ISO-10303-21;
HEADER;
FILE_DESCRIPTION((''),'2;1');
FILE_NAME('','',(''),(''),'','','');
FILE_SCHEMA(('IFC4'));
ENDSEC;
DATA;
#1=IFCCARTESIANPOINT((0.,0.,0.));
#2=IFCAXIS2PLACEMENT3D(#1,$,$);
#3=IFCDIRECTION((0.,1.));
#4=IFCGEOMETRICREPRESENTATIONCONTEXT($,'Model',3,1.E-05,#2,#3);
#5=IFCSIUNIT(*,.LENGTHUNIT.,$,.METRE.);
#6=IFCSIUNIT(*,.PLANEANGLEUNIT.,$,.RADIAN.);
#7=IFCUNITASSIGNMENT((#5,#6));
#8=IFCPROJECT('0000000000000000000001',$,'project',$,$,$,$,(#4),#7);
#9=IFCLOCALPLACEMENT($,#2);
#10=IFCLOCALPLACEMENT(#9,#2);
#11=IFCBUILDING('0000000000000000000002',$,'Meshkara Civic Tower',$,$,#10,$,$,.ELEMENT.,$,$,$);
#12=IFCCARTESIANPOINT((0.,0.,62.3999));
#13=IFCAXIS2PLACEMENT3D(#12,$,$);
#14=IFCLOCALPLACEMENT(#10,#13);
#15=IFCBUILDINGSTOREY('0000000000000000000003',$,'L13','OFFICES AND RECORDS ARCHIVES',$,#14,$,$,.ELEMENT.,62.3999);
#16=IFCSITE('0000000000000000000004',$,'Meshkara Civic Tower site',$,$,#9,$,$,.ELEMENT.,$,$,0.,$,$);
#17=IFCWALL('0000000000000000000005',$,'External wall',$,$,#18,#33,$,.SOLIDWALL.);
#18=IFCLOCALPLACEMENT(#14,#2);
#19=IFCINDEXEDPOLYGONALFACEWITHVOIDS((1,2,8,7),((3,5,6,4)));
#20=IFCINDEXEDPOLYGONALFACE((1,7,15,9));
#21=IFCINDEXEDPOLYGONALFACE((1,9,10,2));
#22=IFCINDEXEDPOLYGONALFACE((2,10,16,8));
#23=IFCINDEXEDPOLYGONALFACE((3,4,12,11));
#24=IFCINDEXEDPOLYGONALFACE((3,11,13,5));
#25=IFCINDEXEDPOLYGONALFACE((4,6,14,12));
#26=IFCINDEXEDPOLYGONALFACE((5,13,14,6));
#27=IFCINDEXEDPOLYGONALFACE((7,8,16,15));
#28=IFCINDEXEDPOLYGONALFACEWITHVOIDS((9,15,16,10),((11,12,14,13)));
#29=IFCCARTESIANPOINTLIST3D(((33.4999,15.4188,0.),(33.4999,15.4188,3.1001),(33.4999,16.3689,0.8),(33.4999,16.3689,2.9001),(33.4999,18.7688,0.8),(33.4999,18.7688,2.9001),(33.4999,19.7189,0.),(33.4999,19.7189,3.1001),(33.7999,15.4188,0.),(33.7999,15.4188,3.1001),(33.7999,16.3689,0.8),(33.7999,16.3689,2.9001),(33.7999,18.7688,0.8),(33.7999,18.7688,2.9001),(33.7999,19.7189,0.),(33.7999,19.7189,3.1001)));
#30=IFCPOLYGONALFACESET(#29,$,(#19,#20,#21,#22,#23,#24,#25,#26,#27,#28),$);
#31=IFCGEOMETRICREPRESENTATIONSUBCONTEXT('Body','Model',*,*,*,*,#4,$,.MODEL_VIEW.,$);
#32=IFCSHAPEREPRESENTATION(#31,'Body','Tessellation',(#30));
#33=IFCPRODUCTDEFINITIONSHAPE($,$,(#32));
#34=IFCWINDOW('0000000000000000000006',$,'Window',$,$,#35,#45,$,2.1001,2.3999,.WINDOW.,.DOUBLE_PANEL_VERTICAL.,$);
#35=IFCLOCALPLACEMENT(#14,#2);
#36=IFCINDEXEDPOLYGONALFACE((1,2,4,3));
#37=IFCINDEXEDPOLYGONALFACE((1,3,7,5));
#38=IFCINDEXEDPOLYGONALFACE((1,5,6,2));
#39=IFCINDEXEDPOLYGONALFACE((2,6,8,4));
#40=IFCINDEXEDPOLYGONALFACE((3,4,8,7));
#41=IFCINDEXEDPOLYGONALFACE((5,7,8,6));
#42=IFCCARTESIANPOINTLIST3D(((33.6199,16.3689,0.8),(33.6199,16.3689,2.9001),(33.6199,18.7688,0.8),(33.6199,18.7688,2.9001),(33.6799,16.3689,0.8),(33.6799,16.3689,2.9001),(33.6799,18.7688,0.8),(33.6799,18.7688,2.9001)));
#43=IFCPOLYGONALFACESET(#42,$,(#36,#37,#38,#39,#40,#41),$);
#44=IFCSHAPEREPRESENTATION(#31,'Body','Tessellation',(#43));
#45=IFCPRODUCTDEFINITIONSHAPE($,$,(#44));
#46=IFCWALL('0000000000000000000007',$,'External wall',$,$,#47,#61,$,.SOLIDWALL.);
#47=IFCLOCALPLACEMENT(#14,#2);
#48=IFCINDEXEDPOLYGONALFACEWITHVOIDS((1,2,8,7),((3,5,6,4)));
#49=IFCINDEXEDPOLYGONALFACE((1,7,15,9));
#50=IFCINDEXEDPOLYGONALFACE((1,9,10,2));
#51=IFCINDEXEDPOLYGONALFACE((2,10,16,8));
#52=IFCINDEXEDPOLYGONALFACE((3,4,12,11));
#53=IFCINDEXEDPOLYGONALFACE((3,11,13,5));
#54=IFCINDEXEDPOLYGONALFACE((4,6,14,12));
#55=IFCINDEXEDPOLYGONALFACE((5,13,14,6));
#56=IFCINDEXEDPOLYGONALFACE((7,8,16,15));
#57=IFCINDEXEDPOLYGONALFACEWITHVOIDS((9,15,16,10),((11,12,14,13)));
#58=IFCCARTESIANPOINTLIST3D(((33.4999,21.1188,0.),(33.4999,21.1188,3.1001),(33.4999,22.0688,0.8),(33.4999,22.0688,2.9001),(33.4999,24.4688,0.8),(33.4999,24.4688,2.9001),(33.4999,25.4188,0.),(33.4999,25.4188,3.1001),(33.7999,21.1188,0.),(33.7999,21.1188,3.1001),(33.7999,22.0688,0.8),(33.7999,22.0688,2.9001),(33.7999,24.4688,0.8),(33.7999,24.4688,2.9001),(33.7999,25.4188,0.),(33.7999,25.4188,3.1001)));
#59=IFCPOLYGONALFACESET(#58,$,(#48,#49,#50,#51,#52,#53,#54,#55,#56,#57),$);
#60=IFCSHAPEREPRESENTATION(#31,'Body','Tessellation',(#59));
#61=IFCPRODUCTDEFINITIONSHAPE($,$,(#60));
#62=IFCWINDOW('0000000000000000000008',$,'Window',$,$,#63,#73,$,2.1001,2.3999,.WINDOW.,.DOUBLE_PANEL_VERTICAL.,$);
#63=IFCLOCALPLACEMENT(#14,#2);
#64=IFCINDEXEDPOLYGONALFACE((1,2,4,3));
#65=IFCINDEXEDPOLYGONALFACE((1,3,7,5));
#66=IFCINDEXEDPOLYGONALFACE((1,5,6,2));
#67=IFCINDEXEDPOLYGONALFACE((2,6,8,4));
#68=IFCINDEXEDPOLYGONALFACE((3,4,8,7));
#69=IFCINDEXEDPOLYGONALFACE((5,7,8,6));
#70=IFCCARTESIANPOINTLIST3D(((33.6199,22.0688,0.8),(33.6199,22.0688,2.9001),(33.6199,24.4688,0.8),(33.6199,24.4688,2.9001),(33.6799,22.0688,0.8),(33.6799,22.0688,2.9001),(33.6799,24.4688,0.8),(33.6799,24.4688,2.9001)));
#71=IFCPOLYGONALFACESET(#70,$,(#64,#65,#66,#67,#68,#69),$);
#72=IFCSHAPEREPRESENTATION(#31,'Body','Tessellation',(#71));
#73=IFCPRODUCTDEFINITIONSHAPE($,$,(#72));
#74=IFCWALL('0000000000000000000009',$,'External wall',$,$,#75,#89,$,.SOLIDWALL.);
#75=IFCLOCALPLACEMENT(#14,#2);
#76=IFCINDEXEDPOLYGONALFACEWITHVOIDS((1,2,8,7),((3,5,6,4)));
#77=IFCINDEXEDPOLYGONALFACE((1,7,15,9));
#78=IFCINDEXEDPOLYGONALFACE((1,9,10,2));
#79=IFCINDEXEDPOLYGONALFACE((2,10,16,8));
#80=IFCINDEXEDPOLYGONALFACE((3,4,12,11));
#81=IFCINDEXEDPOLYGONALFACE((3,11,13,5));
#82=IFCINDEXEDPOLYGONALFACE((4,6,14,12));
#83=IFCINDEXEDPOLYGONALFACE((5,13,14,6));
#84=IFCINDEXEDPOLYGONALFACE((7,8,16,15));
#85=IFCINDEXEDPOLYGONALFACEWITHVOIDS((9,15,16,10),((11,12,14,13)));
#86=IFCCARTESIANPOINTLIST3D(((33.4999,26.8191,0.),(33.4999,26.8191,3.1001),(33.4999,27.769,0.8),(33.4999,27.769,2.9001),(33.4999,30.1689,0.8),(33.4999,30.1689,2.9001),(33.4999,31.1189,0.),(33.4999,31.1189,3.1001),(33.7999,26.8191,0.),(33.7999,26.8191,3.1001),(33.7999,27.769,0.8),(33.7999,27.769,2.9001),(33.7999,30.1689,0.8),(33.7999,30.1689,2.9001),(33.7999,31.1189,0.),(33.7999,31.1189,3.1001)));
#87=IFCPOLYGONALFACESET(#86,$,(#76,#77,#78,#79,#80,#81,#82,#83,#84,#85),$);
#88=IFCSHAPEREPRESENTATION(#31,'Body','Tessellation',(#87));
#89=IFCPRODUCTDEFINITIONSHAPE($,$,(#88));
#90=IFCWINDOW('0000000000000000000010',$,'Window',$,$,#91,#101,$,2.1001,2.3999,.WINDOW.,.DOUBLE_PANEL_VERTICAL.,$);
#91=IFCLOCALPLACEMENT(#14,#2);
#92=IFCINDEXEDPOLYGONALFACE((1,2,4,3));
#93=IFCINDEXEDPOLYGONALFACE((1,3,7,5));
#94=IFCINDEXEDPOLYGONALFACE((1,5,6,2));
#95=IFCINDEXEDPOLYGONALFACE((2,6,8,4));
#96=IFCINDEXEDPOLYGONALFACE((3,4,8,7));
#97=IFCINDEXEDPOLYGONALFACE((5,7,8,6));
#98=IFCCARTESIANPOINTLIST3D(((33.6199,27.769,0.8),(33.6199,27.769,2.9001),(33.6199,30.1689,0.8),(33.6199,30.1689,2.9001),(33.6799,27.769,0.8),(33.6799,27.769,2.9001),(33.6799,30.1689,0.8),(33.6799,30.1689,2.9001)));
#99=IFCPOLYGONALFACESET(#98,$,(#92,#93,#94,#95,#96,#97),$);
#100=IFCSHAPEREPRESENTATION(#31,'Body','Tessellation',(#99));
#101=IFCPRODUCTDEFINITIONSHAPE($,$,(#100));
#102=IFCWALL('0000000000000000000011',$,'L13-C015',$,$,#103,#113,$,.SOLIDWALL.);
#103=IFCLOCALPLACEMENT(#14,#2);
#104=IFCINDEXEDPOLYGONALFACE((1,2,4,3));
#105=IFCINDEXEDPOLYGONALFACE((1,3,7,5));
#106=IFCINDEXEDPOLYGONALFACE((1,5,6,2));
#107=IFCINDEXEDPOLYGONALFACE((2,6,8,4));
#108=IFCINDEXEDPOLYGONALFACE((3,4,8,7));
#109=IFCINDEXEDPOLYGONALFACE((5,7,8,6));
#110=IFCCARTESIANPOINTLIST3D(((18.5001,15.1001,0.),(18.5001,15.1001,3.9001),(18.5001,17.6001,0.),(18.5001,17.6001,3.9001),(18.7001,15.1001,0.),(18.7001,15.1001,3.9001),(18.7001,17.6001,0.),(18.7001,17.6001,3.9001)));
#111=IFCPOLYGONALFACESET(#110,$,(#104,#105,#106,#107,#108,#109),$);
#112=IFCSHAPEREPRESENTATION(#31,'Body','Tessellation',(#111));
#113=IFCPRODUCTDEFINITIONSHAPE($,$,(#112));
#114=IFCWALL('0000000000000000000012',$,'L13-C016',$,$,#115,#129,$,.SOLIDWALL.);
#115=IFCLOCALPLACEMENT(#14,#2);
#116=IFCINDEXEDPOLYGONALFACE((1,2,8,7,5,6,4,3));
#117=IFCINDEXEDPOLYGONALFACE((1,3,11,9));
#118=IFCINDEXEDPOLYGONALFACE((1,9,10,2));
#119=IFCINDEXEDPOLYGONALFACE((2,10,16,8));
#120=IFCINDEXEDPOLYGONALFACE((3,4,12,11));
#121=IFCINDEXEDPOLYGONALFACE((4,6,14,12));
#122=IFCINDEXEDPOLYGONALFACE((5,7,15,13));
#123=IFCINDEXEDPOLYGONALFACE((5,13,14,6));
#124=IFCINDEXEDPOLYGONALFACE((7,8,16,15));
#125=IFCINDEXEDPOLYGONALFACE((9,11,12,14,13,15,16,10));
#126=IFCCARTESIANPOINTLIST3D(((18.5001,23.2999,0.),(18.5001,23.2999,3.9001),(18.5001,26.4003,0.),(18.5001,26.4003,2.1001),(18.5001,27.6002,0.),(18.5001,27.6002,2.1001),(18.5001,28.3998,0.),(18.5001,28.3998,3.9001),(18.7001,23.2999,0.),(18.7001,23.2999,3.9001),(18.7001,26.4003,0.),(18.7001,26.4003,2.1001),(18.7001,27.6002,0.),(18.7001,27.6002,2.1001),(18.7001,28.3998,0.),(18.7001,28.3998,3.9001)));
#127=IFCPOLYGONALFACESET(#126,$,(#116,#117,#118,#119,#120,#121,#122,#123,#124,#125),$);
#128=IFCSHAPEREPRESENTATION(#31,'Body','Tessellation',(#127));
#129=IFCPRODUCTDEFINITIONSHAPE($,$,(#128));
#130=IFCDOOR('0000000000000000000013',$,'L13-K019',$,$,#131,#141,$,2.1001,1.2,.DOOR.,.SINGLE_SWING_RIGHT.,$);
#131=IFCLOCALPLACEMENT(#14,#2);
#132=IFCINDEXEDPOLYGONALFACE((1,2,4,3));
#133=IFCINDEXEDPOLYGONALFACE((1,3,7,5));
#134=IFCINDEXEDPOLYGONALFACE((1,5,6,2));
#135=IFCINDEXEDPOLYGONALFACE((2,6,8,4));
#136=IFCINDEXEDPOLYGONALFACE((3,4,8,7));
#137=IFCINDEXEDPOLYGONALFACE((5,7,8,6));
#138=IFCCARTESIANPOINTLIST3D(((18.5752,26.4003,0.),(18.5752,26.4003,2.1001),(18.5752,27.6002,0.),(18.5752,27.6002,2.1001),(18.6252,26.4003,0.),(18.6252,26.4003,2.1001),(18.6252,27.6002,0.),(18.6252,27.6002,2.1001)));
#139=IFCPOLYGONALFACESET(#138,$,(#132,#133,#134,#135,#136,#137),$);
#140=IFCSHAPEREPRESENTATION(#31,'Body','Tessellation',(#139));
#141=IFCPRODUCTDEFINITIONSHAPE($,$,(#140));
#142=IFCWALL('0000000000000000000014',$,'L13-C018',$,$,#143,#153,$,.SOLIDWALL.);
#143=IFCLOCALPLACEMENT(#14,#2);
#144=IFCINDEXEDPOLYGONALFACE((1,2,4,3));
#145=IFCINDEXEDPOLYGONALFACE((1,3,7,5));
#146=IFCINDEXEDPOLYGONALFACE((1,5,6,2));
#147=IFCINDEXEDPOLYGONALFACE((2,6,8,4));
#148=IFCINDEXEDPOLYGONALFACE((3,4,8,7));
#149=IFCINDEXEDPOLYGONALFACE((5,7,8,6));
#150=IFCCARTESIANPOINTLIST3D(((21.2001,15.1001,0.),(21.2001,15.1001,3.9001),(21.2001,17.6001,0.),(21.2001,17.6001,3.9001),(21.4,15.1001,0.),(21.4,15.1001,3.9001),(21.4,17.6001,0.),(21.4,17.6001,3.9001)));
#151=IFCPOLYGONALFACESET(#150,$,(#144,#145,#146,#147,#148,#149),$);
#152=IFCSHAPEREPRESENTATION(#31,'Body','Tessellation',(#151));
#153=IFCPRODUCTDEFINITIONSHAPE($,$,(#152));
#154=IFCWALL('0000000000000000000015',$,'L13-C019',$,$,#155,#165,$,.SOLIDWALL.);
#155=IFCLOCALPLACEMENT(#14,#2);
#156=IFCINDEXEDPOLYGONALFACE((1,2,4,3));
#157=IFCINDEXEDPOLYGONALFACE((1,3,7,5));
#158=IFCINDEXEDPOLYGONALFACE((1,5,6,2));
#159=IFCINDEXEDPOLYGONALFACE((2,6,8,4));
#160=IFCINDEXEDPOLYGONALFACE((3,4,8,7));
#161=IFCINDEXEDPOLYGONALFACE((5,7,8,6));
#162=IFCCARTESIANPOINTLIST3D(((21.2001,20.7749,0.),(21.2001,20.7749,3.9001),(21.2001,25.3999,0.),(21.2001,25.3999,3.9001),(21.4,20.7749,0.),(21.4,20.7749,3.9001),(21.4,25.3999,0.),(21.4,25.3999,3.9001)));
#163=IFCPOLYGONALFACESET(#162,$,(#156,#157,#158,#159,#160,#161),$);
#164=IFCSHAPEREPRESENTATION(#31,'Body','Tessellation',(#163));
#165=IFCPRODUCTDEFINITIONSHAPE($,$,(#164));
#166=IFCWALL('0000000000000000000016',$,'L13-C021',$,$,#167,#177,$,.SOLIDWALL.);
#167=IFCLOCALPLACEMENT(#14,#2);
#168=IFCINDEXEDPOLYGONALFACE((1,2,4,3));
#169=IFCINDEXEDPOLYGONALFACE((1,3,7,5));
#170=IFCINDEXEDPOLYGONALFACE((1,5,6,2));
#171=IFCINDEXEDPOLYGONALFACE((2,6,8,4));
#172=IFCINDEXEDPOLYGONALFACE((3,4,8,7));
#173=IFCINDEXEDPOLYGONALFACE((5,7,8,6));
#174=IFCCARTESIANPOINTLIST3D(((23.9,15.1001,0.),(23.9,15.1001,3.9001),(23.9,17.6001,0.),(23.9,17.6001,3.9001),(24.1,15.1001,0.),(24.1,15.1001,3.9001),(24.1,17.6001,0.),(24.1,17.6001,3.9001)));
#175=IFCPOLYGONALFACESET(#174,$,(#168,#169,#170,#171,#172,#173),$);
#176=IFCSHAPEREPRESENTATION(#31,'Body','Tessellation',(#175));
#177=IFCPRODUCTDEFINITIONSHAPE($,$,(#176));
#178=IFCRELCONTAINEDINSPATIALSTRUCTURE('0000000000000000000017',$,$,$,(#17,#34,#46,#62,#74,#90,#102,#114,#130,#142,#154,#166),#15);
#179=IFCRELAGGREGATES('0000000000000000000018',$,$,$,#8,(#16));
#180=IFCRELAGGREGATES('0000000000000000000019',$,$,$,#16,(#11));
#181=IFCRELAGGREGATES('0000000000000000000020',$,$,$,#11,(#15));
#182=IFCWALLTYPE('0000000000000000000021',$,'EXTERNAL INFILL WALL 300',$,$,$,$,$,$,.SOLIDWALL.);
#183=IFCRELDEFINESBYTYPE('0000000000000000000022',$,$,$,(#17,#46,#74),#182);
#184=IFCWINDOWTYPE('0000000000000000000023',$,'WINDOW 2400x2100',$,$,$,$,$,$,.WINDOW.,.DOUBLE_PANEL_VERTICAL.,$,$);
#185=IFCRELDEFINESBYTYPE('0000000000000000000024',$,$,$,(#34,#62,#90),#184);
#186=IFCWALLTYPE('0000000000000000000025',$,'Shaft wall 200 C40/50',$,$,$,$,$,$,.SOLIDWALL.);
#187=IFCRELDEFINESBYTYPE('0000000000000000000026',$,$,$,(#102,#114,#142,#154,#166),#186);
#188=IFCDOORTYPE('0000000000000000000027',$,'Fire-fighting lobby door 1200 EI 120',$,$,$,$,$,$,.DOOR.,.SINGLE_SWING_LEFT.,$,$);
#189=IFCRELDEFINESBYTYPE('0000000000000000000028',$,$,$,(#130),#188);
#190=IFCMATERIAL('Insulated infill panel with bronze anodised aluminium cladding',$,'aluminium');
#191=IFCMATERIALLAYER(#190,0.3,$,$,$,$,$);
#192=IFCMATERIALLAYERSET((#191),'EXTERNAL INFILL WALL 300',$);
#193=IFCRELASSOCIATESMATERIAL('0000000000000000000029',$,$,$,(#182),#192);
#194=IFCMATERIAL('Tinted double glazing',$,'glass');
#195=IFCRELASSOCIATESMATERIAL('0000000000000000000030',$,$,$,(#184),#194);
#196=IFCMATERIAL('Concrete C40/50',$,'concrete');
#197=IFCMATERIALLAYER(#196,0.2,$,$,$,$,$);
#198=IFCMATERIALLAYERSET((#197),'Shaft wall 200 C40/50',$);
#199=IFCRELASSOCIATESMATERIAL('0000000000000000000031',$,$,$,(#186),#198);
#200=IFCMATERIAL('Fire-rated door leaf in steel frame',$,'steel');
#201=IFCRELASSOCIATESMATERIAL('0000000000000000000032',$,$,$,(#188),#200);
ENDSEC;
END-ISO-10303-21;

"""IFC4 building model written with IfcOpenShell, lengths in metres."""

from ifc_helpers import new_model, si_unit, direction, frame, frame_2d, origin, place, context, subcontext, project, spatial, rectangle, extrude, material, layer, layer_set, type_object, element, fill, save


model = new_model("IFC4")

# Units and contexts
model_context = context("Model", 3, precision=1e-05, world=origin(), true_north=direction((0.0, 1.0)))
body_context = subcontext(model_context, "Body", "Model", "MODEL_VIEW")
ifc_project = project(units=[si_unit("LENGTHUNIT", "METRE"), si_unit("PLANEANGLEUNIT", "RADIAN")], contexts=[model_context])

# Site, building, storey
site_placement = place(None, origin())
site = spatial("IfcSite", under=ifc_project, at=site_placement, Name="Meshkara Civic Tower site", CompositionType="ELEMENT", RefElevation=0.0)
building_placement = place(site_placement, origin())
building = spatial("IfcBuilding", under=site, at=building_placement, Name="Meshkara Civic Tower", CompositionType="ELEMENT")
storey_placement = place(building_placement, frame((0.0, 0.0, 62.3999)))
storey = spatial("IfcBuildingStorey", under=building, at=storey_placement, Name="L13", Description="OFFICES AND RECORDS ARCHIVES", CompositionType="ELEMENT", Elevation=62.3999)

# Walls, openings, windows
ifc_material_1 = material(Name="Insulated infill panel with bronze anodised aluminium cladding", Category="aluminium")
ifc_layer_1 = layer(ifc_material_1, 0.3)
ifc_layer_set_1 = layer_set([ifc_layer_1], Name="EXTERNAL INFILL WALL 300")
wall_type_1 = type_object("IfcWallType", Name="EXTERNAL INFILL WALL 300", PredefinedType="SOLIDWALL", material=ifc_layer_set_1)
ifc_material_2 = material(Name="Tinted double glazing", Category="glass")
window_type = type_object("IfcWindowType", Name="WINDOW 2400x2100", PartitioningType="DOUBLE_PANEL_VERTICAL", PredefinedType="WINDOW", material=ifc_material_2)
wall_1_placement = place(storey_placement, frame((33.6499, 15.4189, 0.0), z_axis=(0.0, 0.0, 1.0), x_axis=(0.0, 1.0, 0.0)))
wall_1 = element("IfcWall", 1, at=wall_1_placement, inside=storey, type_object=wall_type_1, Name="External wall", PredefinedType="SOLIDWALL", context=body_context, shape_type="SweptSolid", body=[
    extrude(rectangle(XDim=4.3, YDim=0.3, at=frame_2d((2.1499, 0.0))), origin(), (0.0, 0.0, 1.0), 3.1001),
])
opening_1_placement = place(wall_1_placement, frame((0.95, 0.0, 0.8)))
opening_1 = element("IfcOpeningElement", 2, at=opening_1_placement, cuts=wall_1, PredefinedType="OPENING", context=body_context, shape_type="SweptSolid", body=[
    extrude(rectangle(XDim=2.3999, YDim=2.1001, at=frame_2d((1.2, 1.05))), frame((0.0, 0.1599, 0.0), z_axis=(0.0, -1.0, 0.0), x_axis=(1.0, 0.0, 0.0)), (0.0, 0.0, 1.0), 0.3201),
])
window_1_placement = place(opening_1_placement, origin())
window_1 = element("IfcWindow", 3, at=window_1_placement, inside=storey, type_object=window_type, Name="Window", OverallHeight=2.1001, OverallWidth=2.3999, PartitioningType="DOUBLE_PANEL_VERTICAL", PredefinedType="WINDOW", context=body_context, shape_type="SweptSolid", body=[
    extrude(rectangle(XDim=2.3999, YDim=2.1001, at=frame_2d((1.2, 1.05))), frame((0.0, 0.03, 0.0), z_axis=(0.0, -1.0, 0.0), x_axis=(1.0, 0.0, 0.0)), (0.0, 0.0, 1.0), 0.0601),
])
fill(opening_1, window_1)
wall_2_placement = place(storey_placement, frame((33.6499, 21.1189, 0.0), z_axis=(0.0, 0.0, 1.0), x_axis=(0.0, 1.0, 0.0)))
wall_2 = element("IfcWall", 4, at=wall_2_placement, inside=storey, type_object=wall_type_1, Name="External wall", PredefinedType="SOLIDWALL", context=body_context, shape_type="SweptSolid", body=[
    extrude(rectangle(XDim=4.3, YDim=0.3, at=frame_2d((2.1499, 0.0))), origin(), (0.0, 0.0, 1.0), 3.1001),
])
opening_2_placement = place(wall_2_placement, frame((0.95, 0.0, 0.8)))
opening_2 = element("IfcOpeningElement", 5, at=opening_2_placement, cuts=wall_2, PredefinedType="OPENING", context=body_context, shape_type="SweptSolid", body=[
    extrude(rectangle(XDim=2.3999, YDim=2.1001, at=frame_2d((1.2, 1.05))), frame((0.0, 0.1599, 0.0), z_axis=(0.0, -1.0, 0.0), x_axis=(1.0, 0.0, 0.0)), (0.0, 0.0, 1.0), 0.3201),
])
window_2_placement = place(opening_2_placement, origin())
window_2 = element("IfcWindow", 6, at=window_2_placement, inside=storey, type_object=window_type, Name="Window", OverallHeight=2.1001, OverallWidth=2.3999, PartitioningType="DOUBLE_PANEL_VERTICAL", PredefinedType="WINDOW", context=body_context, shape_type="SweptSolid", body=[
    extrude(rectangle(XDim=2.3999, YDim=2.1001, at=frame_2d((1.2, 1.05))), frame((0.0, 0.03, 0.0), z_axis=(0.0, -1.0, 0.0), x_axis=(1.0, 0.0, 0.0)), (0.0, 0.0, 1.0), 0.0601),
])
fill(opening_2, window_2)
wall_3_placement = place(storey_placement, frame((33.6499, 26.8191, 0.0), z_axis=(0.0, 0.0, 1.0), x_axis=(0.0, 1.0, 0.0)))
wall_3 = element("IfcWall", 7, at=wall_3_placement, inside=storey, type_object=wall_type_1, Name="External wall", PredefinedType="SOLIDWALL", context=body_context, shape_type="SweptSolid", body=[
    extrude(rectangle(XDim=4.2998, YDim=0.3, at=frame_2d((2.1499, 0.0))), origin(), (0.0, 0.0, 1.0), 3.1001),
])
opening_3_placement = place(wall_3_placement, frame((0.95, 0.0, 0.8)))
opening_3 = element("IfcOpeningElement", 8, at=opening_3_placement, cuts=wall_3, PredefinedType="OPENING", context=body_context, shape_type="SweptSolid", body=[
    extrude(rectangle(XDim=2.3999, YDim=2.1001, at=frame_2d((1.2, 1.05))), frame((0.0, 0.1599, 0.0), z_axis=(0.0, -1.0, 0.0), x_axis=(1.0, 0.0, 0.0)), (0.0, 0.0, 1.0), 0.3201),
])
window_3_placement = place(opening_3_placement, origin())
window_3 = element("IfcWindow", 9, at=window_3_placement, inside=storey, type_object=window_type, Name="Window", OverallHeight=2.1001, OverallWidth=2.3999, PartitioningType="DOUBLE_PANEL_VERTICAL", PredefinedType="WINDOW", context=body_context, shape_type="SweptSolid", body=[
    extrude(rectangle(XDim=2.3999, YDim=2.1001, at=frame_2d((1.2, 1.05))), frame((0.0, 0.03, 0.0), z_axis=(0.0, -1.0, 0.0), x_axis=(1.0, 0.0, 0.0)), (0.0, 0.0, 1.0), 0.0601),
])
fill(opening_3, window_3)

# Wall
ifc_material_3 = material(Name="Concrete C40/50", Category="concrete")
ifc_layer_2 = layer(ifc_material_3, 0.2)
ifc_layer_set_2 = layer_set([ifc_layer_2], Name="Shaft wall 200 C40/50")
wall_type_2 = type_object("IfcWallType", Name="Shaft wall 200 C40/50", PredefinedType="SOLIDWALL", material=ifc_layer_set_2)
wall_4_placement = place(storey_placement, frame((18.6001, 15.1001, 0.0), z_axis=(0.0, 0.0, 1.0), x_axis=(0.0, 1.0, 0.0)))
element("IfcWall", 10, at=wall_4_placement, inside=storey, type_object=wall_type_2, Name="L13-C015", PredefinedType="SOLIDWALL", context=body_context, shape_type="SweptSolid", body=[
    extrude(rectangle(XDim=2.5, YDim=0.2, at=frame_2d((1.25, 0.0))), origin(), (0.0, 0.0, 1.0), 3.9001),
])

# Wall, opening, door
wall_5_placement = place(storey_placement, frame((18.6001, 23.3, 0.0), z_axis=(0.0, 0.0, 1.0), x_axis=(0.0, 1.0, 0.0)))
wall_5 = element("IfcWall", 11, at=wall_5_placement, inside=storey, type_object=wall_type_2, Name="L13-C016", PredefinedType="SOLIDWALL", context=body_context, shape_type="SweptSolid", body=[
    extrude(rectangle(XDim=5.0999, YDim=0.2, at=frame_2d((2.5498, 0.0))), origin(), (0.0, 0.0, 1.0), 3.9001),
])
opening_4_placement = place(wall_5_placement, frame((3.1001, 0.0, 0.0)))
opening_4 = element("IfcOpeningElement", 12, at=opening_4_placement, cuts=wall_5, PredefinedType="OPENING", context=body_context, shape_type="SweptSolid", body=[
    extrude(rectangle(XDim=1.2, YDim=2.1001, at=frame_2d((0.6001, 1.05))), frame((0.0, 0.1099, 0.0), z_axis=(0.0, -1.0, 0.0), x_axis=(1.0, 0.0, 0.0)), (0.0, 0.0, 1.0), 0.22),
])
ifc_material_4 = material(Name="Fire-rated door leaf in steel frame", Category="steel")
door_type_1 = type_object("IfcDoorType", Name="Fire-fighting lobby door 1200 EI 120", OperationType="SINGLE_SWING_LEFT", PredefinedType="DOOR", material=ifc_material_4)
door_1_placement = place(opening_4_placement, origin())
door_1 = element("IfcDoor", 13, at=door_1_placement, inside=storey, type_object=door_type_1, Name="L13-K019", OperationType="SINGLE_SWING_RIGHT", OverallHeight=2.1001, OverallWidth=1.2, PredefinedType="DOOR", context=body_context, shape_type="SweptSolid", body=[
    extrude(rectangle(XDim=1.2, YDim=2.1001, at=frame_2d((0.6001, 1.05))), frame((0.0, 0.0249, 0.0), z_axis=(0.0, -1.0, 0.0), x_axis=(1.0, 0.0, 0.0)), (0.0, 0.0, 1.0), 0.05),
])
fill(opening_4, door_1)

# Walls
wall_6_placement = place(storey_placement, frame((21.3, 15.1001, 0.0), z_axis=(0.0, 0.0, 1.0), x_axis=(0.0, 1.0, 0.0)))
element("IfcWall", 14, at=wall_6_placement, inside=storey, type_object=wall_type_2, Name="L13-C018", PredefinedType="SOLIDWALL", context=body_context, shape_type="SweptSolid", body=[
    extrude(rectangle(XDim=2.5, YDim=0.2, at=frame_2d((1.25, 0.0))), origin(), (0.0, 0.0, 1.0), 3.9001),
])
wall_7_placement = place(storey_placement, frame((21.3, 20.7749, 0.0), z_axis=(0.0, 0.0, 1.0), x_axis=(0.0, 1.0, 0.0)))
element("IfcWall", 15, at=wall_7_placement, inside=storey, type_object=wall_type_2, Name="L13-C019", PredefinedType="SOLIDWALL", context=body_context, shape_type="SweptSolid", body=[
    extrude(rectangle(XDim=4.625, YDim=0.2, at=frame_2d((2.3125, 0.0))), origin(), (0.0, 0.0, 1.0), 3.9001),
])
wall_8_placement = place(storey_placement, frame((24.0, 15.1001, 0.0), z_axis=(0.0, 0.0, 1.0), x_axis=(0.0, 1.0, 0.0)))
element("IfcWall", 16, at=wall_8_placement, inside=storey, type_object=wall_type_2, Name="L13-C021", PredefinedType="SOLIDWALL", context=body_context, shape_type="SweptSolid", body=[
    extrude(rectangle(XDim=2.5, YDim=0.2, at=frame_2d((1.25, 0.0))), origin(), (0.0, 0.0, 1.0), 3.9001),
])

save(model, "model.ifc")
